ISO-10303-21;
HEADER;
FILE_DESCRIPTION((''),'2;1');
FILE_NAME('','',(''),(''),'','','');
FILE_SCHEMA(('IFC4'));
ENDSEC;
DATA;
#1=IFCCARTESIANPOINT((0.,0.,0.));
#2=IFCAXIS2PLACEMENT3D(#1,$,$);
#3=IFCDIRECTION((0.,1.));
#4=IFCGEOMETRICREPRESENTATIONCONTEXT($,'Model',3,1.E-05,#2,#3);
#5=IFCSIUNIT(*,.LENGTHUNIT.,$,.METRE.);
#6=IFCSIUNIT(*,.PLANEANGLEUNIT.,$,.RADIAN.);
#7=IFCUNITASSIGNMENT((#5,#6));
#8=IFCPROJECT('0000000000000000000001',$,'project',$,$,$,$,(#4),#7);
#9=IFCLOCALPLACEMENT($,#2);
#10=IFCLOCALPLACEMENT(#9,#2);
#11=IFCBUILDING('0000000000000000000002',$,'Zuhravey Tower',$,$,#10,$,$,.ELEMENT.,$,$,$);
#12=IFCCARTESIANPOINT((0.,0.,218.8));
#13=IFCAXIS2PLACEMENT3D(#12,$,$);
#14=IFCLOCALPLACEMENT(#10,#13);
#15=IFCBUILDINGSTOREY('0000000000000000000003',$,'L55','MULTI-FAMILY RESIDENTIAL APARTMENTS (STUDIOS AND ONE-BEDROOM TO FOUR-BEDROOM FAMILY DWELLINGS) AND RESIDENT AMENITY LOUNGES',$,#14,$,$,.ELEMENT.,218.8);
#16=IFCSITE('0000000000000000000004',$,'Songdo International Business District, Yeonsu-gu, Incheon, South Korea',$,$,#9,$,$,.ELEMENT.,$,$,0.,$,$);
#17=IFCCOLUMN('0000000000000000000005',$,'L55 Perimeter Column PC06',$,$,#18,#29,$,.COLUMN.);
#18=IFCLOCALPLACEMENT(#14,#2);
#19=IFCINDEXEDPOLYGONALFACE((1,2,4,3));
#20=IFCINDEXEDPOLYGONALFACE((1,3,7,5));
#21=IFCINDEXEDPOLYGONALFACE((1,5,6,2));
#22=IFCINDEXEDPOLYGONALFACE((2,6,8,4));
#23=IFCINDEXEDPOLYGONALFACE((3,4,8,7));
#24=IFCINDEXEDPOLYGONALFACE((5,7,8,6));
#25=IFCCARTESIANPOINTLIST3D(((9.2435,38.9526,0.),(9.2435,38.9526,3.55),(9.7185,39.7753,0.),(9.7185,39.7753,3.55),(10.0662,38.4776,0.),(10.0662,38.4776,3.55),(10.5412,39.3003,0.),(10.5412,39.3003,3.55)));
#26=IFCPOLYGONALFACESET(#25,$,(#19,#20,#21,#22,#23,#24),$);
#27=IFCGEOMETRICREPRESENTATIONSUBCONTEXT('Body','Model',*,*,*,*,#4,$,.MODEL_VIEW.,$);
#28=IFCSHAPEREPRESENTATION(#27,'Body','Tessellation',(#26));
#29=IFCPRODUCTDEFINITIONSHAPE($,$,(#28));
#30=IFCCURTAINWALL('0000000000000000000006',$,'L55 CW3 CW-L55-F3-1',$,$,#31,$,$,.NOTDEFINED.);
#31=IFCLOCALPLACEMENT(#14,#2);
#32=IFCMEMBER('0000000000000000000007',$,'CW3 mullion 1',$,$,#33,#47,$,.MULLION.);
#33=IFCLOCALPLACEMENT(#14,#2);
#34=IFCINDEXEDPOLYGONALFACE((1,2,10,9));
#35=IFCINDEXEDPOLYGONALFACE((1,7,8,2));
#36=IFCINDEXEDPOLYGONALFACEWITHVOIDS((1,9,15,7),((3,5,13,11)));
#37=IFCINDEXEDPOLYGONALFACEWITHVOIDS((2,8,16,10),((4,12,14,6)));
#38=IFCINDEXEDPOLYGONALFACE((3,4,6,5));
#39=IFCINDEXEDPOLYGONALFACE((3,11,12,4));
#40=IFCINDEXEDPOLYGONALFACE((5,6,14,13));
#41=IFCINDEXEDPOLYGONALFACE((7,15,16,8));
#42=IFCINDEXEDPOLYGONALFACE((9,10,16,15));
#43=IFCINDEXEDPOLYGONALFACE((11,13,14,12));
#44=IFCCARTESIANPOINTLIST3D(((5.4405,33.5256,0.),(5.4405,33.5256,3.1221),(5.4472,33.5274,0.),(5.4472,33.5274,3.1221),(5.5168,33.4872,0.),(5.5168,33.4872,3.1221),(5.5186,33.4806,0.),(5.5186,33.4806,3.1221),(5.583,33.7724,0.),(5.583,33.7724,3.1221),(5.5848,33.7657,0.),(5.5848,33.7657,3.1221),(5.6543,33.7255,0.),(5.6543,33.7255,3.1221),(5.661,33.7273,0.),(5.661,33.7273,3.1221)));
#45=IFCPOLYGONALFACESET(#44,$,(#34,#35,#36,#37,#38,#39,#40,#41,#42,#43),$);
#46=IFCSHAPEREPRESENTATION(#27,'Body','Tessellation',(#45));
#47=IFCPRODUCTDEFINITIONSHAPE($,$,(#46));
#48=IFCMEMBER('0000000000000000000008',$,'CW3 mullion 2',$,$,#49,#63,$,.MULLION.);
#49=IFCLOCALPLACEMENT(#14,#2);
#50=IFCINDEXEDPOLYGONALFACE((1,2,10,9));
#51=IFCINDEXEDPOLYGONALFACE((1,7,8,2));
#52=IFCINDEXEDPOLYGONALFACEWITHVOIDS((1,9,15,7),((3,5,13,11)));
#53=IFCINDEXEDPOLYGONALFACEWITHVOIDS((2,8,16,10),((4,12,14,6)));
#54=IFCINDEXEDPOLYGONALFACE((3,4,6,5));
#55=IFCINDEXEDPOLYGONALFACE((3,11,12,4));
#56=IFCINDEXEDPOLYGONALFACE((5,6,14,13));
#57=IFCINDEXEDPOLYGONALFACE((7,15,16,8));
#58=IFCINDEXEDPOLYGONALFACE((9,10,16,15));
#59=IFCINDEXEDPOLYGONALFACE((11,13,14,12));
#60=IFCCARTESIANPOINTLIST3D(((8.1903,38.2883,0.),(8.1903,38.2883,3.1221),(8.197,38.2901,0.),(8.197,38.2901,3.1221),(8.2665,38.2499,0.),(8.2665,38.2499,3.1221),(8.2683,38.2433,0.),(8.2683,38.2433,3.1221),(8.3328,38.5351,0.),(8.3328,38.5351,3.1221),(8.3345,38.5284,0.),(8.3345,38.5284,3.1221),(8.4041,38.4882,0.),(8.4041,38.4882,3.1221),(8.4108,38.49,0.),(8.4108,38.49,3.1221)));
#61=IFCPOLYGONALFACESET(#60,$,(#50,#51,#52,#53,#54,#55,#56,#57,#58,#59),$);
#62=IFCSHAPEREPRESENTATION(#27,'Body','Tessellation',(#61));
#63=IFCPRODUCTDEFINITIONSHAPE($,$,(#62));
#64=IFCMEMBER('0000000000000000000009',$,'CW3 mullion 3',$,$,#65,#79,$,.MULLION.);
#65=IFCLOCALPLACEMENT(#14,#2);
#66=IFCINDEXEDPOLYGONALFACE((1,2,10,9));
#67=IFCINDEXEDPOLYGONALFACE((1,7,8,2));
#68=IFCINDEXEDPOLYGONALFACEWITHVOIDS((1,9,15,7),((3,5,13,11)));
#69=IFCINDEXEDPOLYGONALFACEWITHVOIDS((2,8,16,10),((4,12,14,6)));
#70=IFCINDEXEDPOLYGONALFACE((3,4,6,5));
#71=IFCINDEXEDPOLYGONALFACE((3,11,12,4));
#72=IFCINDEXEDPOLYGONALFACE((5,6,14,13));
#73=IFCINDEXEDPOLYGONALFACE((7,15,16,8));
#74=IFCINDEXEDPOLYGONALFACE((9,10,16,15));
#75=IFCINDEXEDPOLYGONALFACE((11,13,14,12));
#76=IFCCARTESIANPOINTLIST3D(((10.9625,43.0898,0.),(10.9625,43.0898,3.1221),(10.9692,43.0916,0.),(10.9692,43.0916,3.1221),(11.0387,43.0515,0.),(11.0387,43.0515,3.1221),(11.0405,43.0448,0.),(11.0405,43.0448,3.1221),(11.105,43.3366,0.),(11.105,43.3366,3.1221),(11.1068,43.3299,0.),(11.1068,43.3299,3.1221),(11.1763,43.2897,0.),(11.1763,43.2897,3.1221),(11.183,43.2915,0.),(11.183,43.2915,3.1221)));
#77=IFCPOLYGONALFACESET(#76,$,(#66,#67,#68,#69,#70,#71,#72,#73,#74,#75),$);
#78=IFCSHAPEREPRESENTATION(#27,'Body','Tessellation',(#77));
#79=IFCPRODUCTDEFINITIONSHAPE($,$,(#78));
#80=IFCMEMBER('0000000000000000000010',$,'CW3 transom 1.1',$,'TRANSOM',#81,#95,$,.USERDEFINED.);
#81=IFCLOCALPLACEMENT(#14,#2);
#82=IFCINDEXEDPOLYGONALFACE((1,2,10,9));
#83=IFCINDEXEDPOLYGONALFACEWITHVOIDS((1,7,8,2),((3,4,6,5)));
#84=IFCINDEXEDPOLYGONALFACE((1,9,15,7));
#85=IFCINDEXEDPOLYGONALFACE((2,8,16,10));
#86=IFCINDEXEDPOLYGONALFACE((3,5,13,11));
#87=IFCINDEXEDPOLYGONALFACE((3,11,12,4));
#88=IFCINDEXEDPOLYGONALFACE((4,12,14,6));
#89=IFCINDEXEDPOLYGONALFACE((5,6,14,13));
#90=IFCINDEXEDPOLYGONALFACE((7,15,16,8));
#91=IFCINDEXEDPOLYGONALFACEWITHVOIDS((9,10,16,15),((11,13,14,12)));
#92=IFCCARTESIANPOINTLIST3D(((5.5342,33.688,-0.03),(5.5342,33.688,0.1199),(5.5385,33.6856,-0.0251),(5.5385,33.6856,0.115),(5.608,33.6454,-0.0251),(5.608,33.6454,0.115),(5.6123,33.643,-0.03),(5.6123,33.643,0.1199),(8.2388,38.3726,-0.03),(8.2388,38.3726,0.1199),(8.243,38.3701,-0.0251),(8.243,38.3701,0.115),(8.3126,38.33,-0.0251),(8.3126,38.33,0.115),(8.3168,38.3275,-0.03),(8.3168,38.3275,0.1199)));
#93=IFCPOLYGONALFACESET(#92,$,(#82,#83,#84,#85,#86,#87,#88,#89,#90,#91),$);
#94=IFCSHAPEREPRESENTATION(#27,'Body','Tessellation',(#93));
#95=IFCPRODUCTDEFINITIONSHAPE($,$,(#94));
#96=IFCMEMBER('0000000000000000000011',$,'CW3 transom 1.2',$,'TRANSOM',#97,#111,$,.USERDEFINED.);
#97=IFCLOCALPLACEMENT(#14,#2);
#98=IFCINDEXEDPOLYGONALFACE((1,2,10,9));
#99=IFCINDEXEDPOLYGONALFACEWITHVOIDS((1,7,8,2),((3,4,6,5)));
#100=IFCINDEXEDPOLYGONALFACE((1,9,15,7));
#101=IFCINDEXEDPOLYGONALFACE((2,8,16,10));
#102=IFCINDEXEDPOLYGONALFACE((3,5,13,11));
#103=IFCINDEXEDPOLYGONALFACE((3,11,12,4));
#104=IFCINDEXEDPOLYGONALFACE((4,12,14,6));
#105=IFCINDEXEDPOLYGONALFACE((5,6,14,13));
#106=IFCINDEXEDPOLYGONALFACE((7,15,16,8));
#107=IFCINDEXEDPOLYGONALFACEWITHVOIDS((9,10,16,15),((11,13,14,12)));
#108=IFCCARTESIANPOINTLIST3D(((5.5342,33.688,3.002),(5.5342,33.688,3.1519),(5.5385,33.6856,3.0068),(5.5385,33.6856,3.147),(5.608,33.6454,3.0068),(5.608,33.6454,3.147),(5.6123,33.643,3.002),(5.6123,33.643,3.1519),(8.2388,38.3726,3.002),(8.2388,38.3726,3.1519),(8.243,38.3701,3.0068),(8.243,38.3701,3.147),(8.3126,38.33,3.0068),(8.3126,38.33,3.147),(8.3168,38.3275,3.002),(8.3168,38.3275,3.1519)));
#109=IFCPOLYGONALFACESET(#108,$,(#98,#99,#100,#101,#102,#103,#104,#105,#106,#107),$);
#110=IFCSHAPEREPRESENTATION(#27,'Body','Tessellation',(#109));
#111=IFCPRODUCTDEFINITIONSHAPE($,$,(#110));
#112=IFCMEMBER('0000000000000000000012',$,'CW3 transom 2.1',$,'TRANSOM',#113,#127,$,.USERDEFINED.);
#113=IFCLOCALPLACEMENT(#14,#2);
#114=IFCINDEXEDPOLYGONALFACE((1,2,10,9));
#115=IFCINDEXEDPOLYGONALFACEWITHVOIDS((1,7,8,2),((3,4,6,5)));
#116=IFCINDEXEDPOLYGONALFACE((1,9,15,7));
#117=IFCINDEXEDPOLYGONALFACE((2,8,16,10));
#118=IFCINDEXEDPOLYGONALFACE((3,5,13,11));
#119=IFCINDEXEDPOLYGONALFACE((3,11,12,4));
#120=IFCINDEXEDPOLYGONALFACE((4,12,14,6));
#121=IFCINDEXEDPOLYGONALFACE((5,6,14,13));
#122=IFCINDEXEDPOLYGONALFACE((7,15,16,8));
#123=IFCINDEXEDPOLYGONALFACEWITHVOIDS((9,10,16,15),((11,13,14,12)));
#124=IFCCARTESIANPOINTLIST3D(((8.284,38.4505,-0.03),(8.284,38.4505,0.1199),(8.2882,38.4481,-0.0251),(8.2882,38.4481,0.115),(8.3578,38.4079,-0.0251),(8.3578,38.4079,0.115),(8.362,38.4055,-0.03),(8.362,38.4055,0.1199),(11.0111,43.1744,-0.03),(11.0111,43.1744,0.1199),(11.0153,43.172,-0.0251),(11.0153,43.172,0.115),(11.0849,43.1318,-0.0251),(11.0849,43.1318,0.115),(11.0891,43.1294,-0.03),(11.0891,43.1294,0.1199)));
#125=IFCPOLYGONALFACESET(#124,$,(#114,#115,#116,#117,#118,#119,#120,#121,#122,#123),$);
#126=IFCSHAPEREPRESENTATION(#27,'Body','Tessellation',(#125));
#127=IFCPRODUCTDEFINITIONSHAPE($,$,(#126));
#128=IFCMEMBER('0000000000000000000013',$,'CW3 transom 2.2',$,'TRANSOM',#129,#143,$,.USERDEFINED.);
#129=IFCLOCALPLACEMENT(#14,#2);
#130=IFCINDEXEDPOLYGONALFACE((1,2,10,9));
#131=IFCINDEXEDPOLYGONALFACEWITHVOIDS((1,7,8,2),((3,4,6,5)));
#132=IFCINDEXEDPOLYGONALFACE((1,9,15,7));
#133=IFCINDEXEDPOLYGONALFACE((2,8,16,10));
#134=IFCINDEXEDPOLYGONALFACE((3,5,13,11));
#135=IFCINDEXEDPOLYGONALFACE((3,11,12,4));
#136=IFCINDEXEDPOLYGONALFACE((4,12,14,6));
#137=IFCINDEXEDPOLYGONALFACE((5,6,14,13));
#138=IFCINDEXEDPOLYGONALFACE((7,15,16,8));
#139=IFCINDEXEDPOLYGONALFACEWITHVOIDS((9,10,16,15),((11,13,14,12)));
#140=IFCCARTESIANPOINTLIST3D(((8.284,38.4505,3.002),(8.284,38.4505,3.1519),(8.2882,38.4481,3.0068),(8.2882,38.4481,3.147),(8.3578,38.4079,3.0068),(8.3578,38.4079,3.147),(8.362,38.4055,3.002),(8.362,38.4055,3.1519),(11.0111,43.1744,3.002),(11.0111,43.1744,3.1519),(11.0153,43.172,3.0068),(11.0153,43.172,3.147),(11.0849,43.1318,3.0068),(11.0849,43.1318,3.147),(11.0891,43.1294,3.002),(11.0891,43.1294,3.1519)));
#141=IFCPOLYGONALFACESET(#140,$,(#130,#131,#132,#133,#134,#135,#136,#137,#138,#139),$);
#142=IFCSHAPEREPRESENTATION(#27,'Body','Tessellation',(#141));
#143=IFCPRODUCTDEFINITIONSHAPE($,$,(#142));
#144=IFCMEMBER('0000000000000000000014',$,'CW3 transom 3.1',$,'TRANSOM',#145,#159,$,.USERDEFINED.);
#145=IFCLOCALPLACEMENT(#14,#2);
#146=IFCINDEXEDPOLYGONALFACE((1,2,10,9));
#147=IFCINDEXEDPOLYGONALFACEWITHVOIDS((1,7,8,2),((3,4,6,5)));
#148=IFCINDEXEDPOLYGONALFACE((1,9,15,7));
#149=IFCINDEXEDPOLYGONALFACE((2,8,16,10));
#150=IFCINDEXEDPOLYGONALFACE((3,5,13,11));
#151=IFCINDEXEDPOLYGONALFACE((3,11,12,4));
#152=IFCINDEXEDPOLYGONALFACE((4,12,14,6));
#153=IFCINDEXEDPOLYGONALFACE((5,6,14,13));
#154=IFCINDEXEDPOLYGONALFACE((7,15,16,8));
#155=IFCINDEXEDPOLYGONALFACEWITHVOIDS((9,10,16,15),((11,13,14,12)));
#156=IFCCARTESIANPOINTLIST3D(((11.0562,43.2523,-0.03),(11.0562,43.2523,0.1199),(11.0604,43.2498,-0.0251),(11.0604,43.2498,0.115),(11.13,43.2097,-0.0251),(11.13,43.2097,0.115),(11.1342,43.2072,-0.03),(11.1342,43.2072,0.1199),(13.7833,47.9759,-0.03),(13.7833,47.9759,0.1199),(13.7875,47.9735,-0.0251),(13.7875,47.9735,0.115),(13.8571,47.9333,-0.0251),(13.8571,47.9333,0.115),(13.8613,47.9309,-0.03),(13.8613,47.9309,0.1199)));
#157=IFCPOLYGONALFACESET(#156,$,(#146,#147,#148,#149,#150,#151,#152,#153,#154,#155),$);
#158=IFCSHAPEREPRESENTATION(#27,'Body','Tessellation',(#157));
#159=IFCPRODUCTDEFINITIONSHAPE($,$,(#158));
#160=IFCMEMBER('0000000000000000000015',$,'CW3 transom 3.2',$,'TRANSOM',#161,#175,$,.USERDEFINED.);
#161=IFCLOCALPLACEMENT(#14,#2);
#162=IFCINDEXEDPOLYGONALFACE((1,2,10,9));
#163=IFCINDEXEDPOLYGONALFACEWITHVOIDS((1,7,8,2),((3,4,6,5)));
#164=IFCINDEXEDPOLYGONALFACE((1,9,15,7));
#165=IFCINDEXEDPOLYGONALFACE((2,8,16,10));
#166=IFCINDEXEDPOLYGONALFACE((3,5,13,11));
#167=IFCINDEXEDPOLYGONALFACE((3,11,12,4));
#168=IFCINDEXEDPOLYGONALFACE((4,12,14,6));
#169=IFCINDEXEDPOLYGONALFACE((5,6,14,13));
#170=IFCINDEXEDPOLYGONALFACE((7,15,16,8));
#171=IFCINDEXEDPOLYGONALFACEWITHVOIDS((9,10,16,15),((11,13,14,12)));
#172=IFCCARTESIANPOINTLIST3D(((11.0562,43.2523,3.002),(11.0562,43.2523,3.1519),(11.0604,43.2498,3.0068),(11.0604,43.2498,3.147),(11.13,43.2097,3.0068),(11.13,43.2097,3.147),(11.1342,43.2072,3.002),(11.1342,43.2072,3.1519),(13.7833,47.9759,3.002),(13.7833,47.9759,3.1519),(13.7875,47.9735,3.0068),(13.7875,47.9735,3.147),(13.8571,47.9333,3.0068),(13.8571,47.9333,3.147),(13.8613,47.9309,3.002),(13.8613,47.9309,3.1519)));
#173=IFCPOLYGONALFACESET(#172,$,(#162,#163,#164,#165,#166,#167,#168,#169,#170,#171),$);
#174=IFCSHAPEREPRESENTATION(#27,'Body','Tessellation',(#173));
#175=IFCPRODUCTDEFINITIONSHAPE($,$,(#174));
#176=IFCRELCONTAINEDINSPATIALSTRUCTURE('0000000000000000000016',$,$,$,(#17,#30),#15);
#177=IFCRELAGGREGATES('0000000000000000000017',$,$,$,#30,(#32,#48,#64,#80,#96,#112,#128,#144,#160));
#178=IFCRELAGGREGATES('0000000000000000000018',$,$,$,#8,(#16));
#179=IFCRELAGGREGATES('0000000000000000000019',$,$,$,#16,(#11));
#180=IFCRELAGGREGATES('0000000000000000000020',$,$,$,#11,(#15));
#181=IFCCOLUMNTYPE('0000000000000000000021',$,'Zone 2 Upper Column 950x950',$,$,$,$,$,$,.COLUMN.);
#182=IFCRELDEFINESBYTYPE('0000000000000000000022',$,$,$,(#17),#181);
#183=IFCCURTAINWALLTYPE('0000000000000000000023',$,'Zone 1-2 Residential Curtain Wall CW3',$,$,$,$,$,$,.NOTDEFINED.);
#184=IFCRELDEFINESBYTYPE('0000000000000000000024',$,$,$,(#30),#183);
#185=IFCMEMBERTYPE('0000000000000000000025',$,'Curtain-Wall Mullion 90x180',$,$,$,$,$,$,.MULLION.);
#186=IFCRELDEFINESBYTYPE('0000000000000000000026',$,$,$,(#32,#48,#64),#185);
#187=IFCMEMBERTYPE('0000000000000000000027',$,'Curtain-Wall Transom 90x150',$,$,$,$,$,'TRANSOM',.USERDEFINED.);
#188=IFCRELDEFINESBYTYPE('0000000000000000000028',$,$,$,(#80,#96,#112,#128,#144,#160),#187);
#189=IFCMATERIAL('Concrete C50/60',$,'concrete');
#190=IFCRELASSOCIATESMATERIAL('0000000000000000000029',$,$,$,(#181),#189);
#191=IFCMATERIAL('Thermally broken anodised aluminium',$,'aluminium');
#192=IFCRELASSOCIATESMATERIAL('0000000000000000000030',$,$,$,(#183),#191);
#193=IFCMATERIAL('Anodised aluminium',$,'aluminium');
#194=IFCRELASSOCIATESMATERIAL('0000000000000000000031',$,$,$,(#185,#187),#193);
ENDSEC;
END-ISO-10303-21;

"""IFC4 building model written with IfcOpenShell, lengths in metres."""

from ifc_helpers import new_model, si_unit, direction, frame, origin, origin_2d, place, context, subcontext, project, spatial, rectangle, hollow_rectangle, extrude, material, material_profile, profile_set, type_object, element, aggregate, save


model = new_model("IFC4")

# Units and contexts
model_context = context("Model", 3, precision=1e-05, world=origin(), true_north=direction((0.0, 1.0)))
body_context = subcontext(model_context, "Body", "Model", "MODEL_VIEW")
ifc_project = project(units=[si_unit("LENGTHUNIT", "METRE"), si_unit("PLANEANGLEUNIT", "RADIAN")], contexts=[model_context])

# Site, building, storey
site_placement = place(None, origin())
site = spatial("IfcSite", under=ifc_project, at=site_placement, Name="Songdo International Business District, Yeonsu-gu, Incheon, South Korea", CompositionType="ELEMENT", RefElevation=0.0)
building_placement = place(site_placement, origin())
building = spatial("IfcBuilding", under=site, at=building_placement, Name="Zuhravey Tower", CompositionType="ELEMENT")
storey_placement = place(building_placement, frame((0.0, 0.0, 218.8)))
storey = spatial("IfcBuildingStorey", under=building, at=storey_placement, Name="L55", Description="MULTI-FAMILY RESIDENTIAL APARTMENTS (STUDIOS AND ONE-BEDROOM TO FOUR-BEDROOM FAMILY DWELLINGS) AND RESIDENT AMENITY LOUNGES", CompositionType="ELEMENT", Elevation=218.8)

# Column
ifc_material_1 = material(Name="Concrete C50/60", Category="concrete")
ifc_material_profile_1 = material_profile(ifc_material_1, rectangle(XDim=0.95, YDim=0.95, at=origin_2d()), Name="RC-950x950")
ifc_profile_set_1 = profile_set([ifc_material_profile_1], Name="Concrete C50/60")
column_type = type_object("IfcColumnType", Name="Zone 2 Upper Column 950x950", PredefinedType="COLUMN", material=ifc_profile_set_1)
column_placement = place(storey_placement, frame((9.8923, 39.1265, 0.0), z_axis=(0.0, 0.0, 1.0), x_axis=(-0.5, -0.866025, 0.0)))
element("IfcColumn", 1, at=column_placement, inside=storey, type_object=column_type, Name="L55 Perimeter Column PC06", PredefinedType="COLUMN", context=body_context, shape_type="SweptSolid", body=[
    extrude(rectangle(XDim=0.95, YDim=0.95, at=origin_2d()), origin(), (0.0, 0.0, 1.0), 3.55),
])

# Curtain wall, members
ifc_material_2 = material(Name="Thermally broken anodised aluminium", Category="aluminium")
curtain_wall_type = type_object("IfcCurtainWallType", Name="Zone 1-2 Residential Curtain Wall CW3", PredefinedType="NOTDEFINED", material=ifc_material_2)
curtain_wall_placement = place(storey_placement, origin())
curtain_wall = element("IfcCurtainWall", 2, at=curtain_wall_placement, inside=storey, type_object=curtain_wall_type, Name="L55 CW3 CW-L55-F3-1", PredefinedType="NOTDEFINED")
ifc_material_3 = material(Name="Anodised aluminium", Category="aluminium")
ifc_material_profile_2 = material_profile(ifc_material_3, hollow_rectangle(XDim=0.0901, YDim=0.2849, WallThickness=0.0049, at=origin_2d()), Name="ALU-RHS-90x285x5")
ifc_profile_set_2 = profile_set([ifc_material_profile_2], Name="Anodised aluminium")
member_type_1 = type_object("IfcMemberType", Name="Curtain-Wall Mullion 90x180", PredefinedType="MULLION", material=ifc_profile_set_2)
member_1_placement = place(storey_placement, frame((5.5508, 33.6265, 0.0), z_axis=(0.0, 0.0, 1.0), x_axis=(-0.866025, 0.5, 0.0)))
member_1 = element("IfcMember", 3, at=member_1_placement, type_object=member_type_1, Name="CW3 mullion 1", PredefinedType="MULLION", context=body_context, shape_type="SweptSolid", body=[
    extrude(hollow_rectangle(XDim=0.0901, YDim=0.2849, WallThickness=0.0049, at=origin_2d()), origin(), (0.0, 0.0, 1.0), 3.1221),
])
member_2_placement = place(storey_placement, frame((8.3005, 38.3892, 0.0), z_axis=(0.0, 0.0, 1.0), x_axis=(-0.866025, 0.5, 0.0)))
member_2 = element("IfcMember", 4, at=member_2_placement, type_object=member_type_1, Name="CW3 mullion 2", PredefinedType="MULLION", context=body_context, shape_type="SweptSolid", body=[
    extrude(hollow_rectangle(XDim=0.0901, YDim=0.2849, WallThickness=0.0049, at=origin_2d()), origin(), (0.0, 0.0, 1.0), 3.1221),
])
member_3_placement = place(storey_placement, frame((11.0728, 43.1907, 0.0), z_axis=(0.0, 0.0, 1.0), x_axis=(-0.866025, 0.5, 0.0)))
member_3 = element("IfcMember", 5, at=member_3_placement, type_object=member_type_1, Name="CW3 mullion 3", PredefinedType="MULLION", context=body_context, shape_type="SweptSolid", body=[
    extrude(hollow_rectangle(XDim=0.0901, YDim=0.2849, WallThickness=0.0049, at=origin_2d()), origin(), (0.0, 0.0, 1.0), 3.1221),
])
ifc_material_profile_3 = material_profile(ifc_material_3, hollow_rectangle(XDim=0.0901, YDim=0.1499, WallThickness=0.0049, at=origin_2d()), Name="ALU-RHS-90x150x5")
ifc_profile_set_3 = profile_set([ifc_material_profile_3], Name="Anodised aluminium")
member_type_2 = type_object("IfcMemberType", Name="Curtain-Wall Transom 90x150", ElementType="TRANSOM", PredefinedType="USERDEFINED", material=ifc_profile_set_3)
member_4_placement = place(storey_placement, frame((5.5732, 33.6655, 0.0449), z_axis=(0.499993, 0.866029, 0.0), x_axis=(-0.866029, 0.499993, 0.0)))
member_4 = element("IfcMember", 6, at=member_4_placement, type_object=member_type_2, Name="CW3 transom 1.1", ObjectType="TRANSOM", PredefinedType="USERDEFINED", context=body_context, shape_type="SweptSolid", body=[
    extrude(hollow_rectangle(XDim=0.0901, YDim=0.1499, WallThickness=0.0049, at=origin_2d()), origin(), (0.0, 0.0, 1.0), 5.4092),
])
member_5_placement = place(storey_placement, frame((5.5732, 33.6655, 3.0769), z_axis=(0.499993, 0.866029, 0.0), x_axis=(-0.866029, 0.499993, 0.0)))
member_5 = element("IfcMember", 7, at=member_5_placement, type_object=member_type_2, Name="CW3 transom 1.2", ObjectType="TRANSOM", PredefinedType="USERDEFINED", context=body_context, shape_type="SweptSolid", body=[
    extrude(hollow_rectangle(XDim=0.0901, YDim=0.1499, WallThickness=0.0049, at=origin_2d()), origin(), (0.0, 0.0, 1.0), 5.4092),
])
member_6_placement = place(storey_placement, frame((8.323, 38.428, 0.0449), z_axis=(0.499961, 0.866048, 0.0), x_axis=(-0.866048, 0.499961, 0.0)))
member_6 = element("IfcMember", 8, at=member_6_placement, type_object=member_type_2, Name="CW3 transom 2.1", ObjectType="TRANSOM", PredefinedType="USERDEFINED", context=body_context, shape_type="SweptSolid", body=[
    extrude(hollow_rectangle(XDim=0.0901, YDim=0.1499, WallThickness=0.0049, at=origin_2d()), origin(), (0.0, 0.0, 1.0), 5.4546),
])
member_7_placement = place(storey_placement, frame((8.323, 38.428, 3.0769), z_axis=(0.499961, 0.866048, 0.0), x_axis=(-0.866048, 0.499961, 0.0)))
member_7 = element("IfcMember", 9, at=member_7_placement, type_object=member_type_2, Name="CW3 transom 2.2", ObjectType="TRANSOM", PredefinedType="USERDEFINED", context=body_context, shape_type="SweptSolid", body=[
    extrude(hollow_rectangle(XDim=0.0901, YDim=0.1499, WallThickness=0.0049, at=origin_2d()), origin(), (0.0, 0.0, 1.0), 5.4546),
])
member_8_placement = place(storey_placement, frame((11.0952, 43.2297, 0.0449), z_axis=(0.499981, 0.866037, 0.0), x_axis=(-0.866037, 0.499981, 0.0)))
member_8 = element("IfcMember", 10, at=member_8_placement, type_object=member_type_2, Name="CW3 transom 3.1", ObjectType="TRANSOM", PredefinedType="USERDEFINED", context=body_context, shape_type="SweptSolid", body=[
    extrude(hollow_rectangle(XDim=0.0901, YDim=0.1499, WallThickness=0.0049, at=origin_2d()), origin(), (0.0, 0.0, 1.0), 5.4543),
])
member_9_placement = place(storey_placement, frame((11.0952, 43.2297, 3.0769), z_axis=(0.499981, 0.866037, 0.0), x_axis=(-0.866037, 0.499981, 0.0)))
member_9 = element("IfcMember", 11, at=member_9_placement, type_object=member_type_2, Name="CW3 transom 3.2", ObjectType="TRANSOM", PredefinedType="USERDEFINED", context=body_context, shape_type="SweptSolid", body=[
    extrude(hollow_rectangle(XDim=0.0901, YDim=0.1499, WallThickness=0.0049, at=origin_2d()), origin(), (0.0, 0.0, 1.0), 5.4543),
])

aggregate(curtain_wall, [member_1, member_2, member_3, member_4, member_5, member_6, member_7, member_8, member_9])

save(model, "model.ifc")
